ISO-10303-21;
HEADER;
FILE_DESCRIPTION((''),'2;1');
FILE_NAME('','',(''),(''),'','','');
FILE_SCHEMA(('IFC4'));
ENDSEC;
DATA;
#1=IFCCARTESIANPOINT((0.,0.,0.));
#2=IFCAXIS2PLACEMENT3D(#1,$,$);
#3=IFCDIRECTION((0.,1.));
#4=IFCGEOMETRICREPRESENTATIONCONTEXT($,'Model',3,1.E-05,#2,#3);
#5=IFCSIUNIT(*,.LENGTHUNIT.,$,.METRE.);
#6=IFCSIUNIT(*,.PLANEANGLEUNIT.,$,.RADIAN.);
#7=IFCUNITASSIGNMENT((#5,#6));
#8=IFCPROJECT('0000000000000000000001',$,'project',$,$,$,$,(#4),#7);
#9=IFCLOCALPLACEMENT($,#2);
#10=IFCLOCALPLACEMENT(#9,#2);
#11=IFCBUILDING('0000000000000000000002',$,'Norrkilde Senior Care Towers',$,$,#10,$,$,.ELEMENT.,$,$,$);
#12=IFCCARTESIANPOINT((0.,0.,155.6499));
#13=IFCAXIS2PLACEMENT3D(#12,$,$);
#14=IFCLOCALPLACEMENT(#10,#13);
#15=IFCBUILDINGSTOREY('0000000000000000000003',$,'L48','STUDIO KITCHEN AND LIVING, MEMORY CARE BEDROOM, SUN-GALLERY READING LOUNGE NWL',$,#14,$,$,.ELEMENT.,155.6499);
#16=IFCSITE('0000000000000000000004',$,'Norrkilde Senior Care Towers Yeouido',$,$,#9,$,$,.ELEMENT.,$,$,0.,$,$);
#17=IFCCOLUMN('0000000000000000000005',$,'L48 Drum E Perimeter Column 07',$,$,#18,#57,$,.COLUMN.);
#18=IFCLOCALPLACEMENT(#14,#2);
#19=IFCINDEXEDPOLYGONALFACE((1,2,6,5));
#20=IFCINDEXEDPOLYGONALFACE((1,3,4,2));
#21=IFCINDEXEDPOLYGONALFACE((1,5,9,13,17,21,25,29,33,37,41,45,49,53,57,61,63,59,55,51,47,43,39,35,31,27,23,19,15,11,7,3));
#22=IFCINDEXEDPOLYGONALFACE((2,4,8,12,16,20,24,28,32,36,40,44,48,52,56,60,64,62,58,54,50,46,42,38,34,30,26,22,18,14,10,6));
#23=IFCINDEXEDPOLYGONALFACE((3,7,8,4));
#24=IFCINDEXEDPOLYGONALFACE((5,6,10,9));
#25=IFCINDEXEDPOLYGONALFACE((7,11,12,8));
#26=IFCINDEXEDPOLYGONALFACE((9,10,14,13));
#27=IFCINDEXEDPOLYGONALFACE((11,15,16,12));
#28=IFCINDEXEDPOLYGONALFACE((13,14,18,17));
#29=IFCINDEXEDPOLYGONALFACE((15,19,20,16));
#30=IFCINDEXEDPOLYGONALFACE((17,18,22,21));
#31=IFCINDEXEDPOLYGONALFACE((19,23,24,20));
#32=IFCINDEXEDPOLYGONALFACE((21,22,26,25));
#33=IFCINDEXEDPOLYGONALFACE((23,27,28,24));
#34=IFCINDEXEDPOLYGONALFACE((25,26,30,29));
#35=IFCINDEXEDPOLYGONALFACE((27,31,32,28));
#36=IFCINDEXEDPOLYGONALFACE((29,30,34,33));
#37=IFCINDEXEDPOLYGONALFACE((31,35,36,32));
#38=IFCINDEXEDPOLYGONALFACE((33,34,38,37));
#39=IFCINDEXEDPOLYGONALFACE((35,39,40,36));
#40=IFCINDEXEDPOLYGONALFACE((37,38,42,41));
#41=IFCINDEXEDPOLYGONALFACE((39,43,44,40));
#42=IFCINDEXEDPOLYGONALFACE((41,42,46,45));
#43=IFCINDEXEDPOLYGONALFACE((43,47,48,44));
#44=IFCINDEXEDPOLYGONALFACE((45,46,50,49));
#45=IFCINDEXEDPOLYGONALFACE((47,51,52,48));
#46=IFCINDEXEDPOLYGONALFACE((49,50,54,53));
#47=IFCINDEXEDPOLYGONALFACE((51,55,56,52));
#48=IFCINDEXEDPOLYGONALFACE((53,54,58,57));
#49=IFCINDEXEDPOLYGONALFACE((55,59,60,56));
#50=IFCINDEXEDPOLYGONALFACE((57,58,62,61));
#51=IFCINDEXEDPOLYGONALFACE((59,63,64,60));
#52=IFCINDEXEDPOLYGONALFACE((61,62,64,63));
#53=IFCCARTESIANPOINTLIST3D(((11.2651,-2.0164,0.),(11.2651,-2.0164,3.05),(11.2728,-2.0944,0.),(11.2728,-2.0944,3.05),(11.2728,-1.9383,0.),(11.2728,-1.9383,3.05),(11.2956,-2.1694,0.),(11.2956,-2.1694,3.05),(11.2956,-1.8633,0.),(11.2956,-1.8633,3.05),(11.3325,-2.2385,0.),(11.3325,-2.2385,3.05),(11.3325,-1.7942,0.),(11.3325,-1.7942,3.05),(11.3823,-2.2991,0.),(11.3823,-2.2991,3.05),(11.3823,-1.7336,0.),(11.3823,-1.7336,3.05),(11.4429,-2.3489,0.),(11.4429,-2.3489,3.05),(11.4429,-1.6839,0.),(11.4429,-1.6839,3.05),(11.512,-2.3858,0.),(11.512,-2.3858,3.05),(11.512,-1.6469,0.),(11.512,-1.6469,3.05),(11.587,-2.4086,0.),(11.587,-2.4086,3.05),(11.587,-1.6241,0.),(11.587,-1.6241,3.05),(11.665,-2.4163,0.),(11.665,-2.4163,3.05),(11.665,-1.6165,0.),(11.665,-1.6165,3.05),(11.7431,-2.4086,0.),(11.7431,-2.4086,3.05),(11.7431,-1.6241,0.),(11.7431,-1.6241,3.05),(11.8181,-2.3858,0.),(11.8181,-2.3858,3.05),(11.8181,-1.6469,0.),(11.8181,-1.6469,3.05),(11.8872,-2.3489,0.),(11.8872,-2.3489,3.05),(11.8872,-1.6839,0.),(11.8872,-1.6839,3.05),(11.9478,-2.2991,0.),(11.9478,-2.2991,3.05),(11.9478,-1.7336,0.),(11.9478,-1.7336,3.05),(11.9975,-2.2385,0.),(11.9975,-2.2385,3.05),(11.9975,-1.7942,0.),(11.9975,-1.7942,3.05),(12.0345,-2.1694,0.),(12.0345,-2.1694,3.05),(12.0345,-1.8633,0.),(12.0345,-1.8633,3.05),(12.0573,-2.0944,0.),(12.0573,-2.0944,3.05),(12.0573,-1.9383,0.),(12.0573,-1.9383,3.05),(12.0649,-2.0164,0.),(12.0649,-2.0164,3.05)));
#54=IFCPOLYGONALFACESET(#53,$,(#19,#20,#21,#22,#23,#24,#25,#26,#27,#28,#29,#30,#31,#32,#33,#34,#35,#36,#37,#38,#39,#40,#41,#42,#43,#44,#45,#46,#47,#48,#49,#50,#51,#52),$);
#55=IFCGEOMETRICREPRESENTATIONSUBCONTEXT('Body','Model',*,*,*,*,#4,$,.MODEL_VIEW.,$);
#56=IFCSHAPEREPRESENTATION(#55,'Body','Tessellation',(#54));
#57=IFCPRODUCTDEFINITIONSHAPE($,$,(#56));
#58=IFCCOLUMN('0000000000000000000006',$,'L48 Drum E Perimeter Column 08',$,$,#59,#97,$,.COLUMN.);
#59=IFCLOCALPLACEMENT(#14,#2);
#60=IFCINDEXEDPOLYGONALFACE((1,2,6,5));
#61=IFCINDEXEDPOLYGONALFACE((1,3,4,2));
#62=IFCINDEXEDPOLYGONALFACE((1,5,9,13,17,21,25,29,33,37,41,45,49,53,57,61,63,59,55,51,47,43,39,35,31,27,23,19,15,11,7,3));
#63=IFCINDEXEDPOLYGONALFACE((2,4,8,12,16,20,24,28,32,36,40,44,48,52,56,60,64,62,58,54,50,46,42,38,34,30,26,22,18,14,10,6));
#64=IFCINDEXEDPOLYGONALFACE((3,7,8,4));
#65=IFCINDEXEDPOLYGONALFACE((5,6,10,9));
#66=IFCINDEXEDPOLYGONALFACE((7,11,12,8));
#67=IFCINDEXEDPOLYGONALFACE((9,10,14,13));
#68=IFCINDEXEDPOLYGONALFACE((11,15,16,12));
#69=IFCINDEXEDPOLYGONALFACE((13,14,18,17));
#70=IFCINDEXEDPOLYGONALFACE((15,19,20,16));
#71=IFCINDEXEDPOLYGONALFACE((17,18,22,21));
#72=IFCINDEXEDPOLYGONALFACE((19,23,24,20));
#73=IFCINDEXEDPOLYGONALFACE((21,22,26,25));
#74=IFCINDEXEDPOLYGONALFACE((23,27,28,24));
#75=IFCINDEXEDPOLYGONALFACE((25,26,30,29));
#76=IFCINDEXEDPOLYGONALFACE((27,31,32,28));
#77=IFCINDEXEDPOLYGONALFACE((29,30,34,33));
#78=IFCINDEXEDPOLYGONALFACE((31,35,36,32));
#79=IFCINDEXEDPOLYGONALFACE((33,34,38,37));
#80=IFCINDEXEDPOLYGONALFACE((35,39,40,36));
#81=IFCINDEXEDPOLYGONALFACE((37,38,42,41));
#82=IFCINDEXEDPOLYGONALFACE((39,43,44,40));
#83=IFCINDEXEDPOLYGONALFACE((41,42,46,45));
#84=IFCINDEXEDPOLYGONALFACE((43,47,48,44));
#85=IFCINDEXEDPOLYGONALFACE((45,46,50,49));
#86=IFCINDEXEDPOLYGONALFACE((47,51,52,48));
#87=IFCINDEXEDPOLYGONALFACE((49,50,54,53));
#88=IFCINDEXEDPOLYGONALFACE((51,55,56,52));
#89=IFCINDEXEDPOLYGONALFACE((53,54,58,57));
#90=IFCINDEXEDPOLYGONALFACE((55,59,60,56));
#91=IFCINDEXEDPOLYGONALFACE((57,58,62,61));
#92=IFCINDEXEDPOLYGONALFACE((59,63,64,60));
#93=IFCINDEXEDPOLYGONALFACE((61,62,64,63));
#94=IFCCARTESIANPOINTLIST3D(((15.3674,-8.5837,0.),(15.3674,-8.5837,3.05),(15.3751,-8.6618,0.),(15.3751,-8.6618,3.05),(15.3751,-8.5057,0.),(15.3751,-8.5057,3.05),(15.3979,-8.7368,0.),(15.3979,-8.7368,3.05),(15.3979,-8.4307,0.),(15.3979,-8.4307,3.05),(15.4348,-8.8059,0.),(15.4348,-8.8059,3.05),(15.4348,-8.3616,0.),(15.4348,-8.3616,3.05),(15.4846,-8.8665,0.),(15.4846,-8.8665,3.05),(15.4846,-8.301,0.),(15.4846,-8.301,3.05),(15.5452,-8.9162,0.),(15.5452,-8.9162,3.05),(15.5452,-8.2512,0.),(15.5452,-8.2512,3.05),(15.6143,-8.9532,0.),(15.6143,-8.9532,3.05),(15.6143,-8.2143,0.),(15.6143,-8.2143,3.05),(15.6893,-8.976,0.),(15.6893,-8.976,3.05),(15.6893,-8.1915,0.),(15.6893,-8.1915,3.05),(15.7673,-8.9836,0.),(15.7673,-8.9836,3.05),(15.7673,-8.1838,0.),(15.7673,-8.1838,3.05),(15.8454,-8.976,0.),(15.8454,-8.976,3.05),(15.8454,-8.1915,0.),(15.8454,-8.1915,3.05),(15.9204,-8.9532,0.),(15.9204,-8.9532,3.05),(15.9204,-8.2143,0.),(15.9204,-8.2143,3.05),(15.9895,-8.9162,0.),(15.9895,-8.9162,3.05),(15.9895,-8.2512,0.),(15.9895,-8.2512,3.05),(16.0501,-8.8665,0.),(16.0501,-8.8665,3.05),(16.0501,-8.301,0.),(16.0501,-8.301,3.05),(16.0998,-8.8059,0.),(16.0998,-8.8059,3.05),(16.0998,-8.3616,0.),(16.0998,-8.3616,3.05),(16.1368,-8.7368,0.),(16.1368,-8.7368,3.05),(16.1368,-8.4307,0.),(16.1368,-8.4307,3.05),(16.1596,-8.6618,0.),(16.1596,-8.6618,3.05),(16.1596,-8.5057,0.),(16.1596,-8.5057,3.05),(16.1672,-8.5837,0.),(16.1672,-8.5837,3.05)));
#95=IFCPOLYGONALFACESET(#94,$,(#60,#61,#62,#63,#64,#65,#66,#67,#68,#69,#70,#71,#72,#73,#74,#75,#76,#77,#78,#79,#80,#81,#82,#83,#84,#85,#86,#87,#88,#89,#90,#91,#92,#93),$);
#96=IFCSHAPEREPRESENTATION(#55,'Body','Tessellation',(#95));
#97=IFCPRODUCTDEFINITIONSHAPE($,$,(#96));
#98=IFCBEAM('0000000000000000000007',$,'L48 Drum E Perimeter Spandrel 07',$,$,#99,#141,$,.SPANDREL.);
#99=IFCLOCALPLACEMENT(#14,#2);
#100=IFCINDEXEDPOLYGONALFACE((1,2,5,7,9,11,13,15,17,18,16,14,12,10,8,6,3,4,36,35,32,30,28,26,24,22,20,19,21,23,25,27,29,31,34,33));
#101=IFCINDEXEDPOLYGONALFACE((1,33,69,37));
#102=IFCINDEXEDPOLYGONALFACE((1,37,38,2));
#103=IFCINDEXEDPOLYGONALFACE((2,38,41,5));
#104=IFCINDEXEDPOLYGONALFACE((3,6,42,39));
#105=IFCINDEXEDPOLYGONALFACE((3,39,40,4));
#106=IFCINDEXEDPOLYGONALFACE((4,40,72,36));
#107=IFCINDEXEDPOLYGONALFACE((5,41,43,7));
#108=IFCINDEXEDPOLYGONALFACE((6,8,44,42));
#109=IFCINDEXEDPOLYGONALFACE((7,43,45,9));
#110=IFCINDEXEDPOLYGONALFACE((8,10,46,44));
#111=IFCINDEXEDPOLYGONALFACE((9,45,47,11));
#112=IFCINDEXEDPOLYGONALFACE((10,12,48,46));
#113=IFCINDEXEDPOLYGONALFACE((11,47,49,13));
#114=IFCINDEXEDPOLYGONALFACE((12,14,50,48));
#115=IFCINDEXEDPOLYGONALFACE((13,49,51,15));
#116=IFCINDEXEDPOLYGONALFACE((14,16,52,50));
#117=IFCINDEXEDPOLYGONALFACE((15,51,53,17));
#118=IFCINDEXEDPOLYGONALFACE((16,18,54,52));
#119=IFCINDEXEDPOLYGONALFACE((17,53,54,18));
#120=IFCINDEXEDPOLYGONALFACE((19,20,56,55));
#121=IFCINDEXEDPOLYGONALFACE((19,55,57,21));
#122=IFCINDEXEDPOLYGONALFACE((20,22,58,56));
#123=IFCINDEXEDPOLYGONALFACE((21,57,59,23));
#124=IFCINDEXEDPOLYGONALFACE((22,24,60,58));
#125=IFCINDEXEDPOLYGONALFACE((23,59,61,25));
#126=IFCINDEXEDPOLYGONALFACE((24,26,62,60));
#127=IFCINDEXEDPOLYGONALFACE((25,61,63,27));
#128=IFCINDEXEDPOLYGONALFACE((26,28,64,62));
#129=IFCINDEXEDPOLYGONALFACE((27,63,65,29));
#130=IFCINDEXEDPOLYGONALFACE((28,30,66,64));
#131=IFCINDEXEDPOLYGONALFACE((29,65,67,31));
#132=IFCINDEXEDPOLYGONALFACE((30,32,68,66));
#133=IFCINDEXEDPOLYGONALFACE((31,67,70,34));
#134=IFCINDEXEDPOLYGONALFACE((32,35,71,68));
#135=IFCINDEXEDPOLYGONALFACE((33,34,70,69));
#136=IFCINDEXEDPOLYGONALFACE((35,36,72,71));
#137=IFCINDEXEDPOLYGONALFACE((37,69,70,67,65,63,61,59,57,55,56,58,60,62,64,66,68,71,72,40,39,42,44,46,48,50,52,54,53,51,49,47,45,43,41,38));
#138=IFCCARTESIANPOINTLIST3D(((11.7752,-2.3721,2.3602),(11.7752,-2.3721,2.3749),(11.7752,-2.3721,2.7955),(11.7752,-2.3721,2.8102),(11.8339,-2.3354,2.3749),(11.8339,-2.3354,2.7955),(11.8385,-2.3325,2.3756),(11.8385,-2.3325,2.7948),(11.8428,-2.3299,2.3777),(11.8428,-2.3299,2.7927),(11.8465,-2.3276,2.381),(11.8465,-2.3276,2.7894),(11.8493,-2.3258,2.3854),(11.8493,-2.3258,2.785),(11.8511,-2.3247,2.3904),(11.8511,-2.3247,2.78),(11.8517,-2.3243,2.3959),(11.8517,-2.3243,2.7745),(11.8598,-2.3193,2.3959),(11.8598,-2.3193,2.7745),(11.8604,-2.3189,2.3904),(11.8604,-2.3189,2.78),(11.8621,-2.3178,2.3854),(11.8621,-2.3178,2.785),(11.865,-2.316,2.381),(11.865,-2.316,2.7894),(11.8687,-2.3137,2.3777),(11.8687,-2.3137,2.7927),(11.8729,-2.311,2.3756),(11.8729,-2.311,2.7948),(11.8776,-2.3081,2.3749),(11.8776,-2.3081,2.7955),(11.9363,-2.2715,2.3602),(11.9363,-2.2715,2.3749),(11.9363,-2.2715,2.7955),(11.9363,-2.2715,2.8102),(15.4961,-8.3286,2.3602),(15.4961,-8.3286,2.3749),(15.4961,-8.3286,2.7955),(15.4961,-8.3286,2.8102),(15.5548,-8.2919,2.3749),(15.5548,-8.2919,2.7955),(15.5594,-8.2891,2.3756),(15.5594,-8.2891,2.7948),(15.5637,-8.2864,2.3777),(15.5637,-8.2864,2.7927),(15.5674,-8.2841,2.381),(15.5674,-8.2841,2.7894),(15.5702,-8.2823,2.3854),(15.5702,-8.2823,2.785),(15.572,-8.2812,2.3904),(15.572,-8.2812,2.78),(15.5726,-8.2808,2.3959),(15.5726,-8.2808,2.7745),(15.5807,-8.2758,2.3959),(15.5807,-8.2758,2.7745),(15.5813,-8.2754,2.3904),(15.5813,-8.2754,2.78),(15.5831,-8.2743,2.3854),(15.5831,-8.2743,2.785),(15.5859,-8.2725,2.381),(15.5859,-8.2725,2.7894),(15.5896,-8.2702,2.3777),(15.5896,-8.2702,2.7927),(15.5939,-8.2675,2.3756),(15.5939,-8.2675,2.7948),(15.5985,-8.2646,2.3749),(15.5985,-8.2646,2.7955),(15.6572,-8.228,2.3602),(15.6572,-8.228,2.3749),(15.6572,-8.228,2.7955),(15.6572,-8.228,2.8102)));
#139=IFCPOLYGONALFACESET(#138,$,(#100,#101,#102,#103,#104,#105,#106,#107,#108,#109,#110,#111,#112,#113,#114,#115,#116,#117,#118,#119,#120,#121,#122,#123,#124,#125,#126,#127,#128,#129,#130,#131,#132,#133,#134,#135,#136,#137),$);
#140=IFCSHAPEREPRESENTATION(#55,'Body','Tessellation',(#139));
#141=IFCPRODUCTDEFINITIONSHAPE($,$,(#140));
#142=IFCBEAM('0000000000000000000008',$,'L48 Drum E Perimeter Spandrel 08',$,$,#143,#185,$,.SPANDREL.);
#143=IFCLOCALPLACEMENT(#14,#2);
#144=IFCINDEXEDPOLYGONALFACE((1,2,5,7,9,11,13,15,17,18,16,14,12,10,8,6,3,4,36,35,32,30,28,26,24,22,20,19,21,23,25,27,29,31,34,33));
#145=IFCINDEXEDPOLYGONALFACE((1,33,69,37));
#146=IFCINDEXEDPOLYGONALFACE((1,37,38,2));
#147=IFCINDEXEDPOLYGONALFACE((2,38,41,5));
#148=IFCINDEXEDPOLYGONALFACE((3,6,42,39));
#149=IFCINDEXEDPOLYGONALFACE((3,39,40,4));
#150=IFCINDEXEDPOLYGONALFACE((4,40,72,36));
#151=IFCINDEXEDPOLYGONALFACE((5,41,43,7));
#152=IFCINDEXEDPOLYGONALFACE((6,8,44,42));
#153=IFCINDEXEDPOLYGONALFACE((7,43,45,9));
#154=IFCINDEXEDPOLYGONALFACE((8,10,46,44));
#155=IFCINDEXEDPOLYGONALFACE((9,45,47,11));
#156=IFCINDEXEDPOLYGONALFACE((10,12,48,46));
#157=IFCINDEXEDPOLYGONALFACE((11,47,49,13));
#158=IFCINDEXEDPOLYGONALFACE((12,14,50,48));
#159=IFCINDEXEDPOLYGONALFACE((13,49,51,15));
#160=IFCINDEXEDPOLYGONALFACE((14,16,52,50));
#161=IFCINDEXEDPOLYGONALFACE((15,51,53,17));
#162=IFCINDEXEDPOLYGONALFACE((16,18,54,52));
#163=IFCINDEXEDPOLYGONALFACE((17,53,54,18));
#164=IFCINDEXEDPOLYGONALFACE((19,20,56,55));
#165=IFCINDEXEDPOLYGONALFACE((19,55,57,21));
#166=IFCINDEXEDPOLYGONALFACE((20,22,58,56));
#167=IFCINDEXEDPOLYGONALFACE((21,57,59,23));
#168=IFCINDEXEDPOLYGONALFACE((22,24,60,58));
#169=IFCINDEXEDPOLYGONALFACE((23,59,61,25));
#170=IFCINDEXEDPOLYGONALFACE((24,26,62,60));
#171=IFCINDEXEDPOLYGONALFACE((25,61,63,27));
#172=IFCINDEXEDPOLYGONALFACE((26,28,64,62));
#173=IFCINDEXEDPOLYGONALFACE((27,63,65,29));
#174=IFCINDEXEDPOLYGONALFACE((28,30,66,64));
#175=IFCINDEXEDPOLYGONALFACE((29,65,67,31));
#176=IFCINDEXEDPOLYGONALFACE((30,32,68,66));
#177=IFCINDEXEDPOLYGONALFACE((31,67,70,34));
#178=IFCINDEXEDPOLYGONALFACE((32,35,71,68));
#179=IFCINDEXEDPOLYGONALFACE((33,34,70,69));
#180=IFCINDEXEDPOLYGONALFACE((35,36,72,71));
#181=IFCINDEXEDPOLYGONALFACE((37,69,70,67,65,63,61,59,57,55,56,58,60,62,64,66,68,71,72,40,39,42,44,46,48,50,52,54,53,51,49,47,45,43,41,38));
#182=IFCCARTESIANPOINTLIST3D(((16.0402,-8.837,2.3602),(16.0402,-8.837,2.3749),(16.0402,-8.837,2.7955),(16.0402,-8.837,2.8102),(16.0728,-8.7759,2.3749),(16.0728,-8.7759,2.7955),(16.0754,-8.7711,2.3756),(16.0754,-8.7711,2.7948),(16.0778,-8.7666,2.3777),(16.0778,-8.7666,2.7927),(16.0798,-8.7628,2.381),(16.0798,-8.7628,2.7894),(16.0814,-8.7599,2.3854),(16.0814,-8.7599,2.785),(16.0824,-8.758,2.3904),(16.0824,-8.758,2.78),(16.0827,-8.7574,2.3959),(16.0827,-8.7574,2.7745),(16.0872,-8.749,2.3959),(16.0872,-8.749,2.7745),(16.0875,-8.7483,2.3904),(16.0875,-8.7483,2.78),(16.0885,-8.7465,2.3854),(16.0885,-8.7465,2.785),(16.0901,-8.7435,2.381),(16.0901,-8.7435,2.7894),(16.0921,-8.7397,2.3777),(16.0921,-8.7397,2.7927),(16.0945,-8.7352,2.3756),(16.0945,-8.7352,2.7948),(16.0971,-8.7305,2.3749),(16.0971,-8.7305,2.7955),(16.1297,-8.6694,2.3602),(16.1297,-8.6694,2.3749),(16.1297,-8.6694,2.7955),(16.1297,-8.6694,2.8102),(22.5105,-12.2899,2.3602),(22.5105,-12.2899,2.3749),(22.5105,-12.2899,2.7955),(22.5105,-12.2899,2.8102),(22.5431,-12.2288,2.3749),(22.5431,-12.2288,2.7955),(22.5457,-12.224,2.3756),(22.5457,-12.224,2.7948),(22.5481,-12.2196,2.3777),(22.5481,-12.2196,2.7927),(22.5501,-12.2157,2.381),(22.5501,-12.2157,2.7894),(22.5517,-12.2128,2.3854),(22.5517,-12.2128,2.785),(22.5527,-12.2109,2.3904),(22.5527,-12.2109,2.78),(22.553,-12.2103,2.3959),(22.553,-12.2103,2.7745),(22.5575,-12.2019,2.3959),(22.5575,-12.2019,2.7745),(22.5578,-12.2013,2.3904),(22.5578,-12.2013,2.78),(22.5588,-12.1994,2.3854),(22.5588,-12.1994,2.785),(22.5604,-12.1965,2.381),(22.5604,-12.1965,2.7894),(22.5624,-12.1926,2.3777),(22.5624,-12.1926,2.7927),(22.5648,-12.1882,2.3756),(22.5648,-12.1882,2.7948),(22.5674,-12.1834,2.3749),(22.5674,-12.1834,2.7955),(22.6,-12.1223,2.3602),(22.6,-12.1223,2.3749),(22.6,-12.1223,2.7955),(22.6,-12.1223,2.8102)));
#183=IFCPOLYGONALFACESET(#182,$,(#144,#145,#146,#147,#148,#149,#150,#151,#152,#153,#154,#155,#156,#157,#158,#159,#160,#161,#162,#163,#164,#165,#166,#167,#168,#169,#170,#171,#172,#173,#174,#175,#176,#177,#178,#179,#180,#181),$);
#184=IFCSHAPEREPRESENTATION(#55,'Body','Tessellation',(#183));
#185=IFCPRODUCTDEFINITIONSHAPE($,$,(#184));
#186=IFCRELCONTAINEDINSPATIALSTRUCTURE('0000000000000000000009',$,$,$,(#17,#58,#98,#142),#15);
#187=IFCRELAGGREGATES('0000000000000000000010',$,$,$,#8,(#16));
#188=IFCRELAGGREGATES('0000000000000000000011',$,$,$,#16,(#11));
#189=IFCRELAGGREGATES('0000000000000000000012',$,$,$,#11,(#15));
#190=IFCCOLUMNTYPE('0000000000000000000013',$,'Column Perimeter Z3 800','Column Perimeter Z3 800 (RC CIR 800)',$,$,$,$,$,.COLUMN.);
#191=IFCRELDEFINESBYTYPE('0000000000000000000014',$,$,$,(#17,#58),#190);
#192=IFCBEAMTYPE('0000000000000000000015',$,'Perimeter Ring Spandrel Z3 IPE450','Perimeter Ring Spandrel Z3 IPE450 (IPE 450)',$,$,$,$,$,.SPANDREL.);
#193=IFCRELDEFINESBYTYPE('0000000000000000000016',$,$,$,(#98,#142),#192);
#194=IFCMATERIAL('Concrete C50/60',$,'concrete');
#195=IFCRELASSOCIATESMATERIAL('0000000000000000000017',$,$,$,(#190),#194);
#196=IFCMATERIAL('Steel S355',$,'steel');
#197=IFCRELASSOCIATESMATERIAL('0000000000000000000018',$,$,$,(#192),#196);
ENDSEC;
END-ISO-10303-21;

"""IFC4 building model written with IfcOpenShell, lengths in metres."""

from ifc_helpers import new_model, si_unit, direction, frame, origin, origin_2d, place, context, subcontext, project, spatial, circle, i_section, extrude, source, transform, mapped, material, material_profile, profile_set, type_object, type_shapes, element, save


model = new_model("IFC4")

# Units and contexts
model_context = context("Model", 3, precision=1e-05, world=origin(), true_north=direction((0.0, 1.0)))
body_context = subcontext(model_context, "Body", "Model", "MODEL_VIEW")
ifc_project = project(units=[si_unit("LENGTHUNIT", "METRE"), si_unit("PLANEANGLEUNIT", "RADIAN")], contexts=[model_context])

# Site, building, storey
site_placement = place(None, origin())
site = spatial("IfcSite", under=ifc_project, at=site_placement, Name="Norrkilde Senior Care Towers Yeouido", CompositionType="ELEMENT", RefElevation=0.0)
building_placement = place(site_placement, origin())
building = spatial("IfcBuilding", under=site, at=building_placement, Name="Norrkilde Senior Care Towers", CompositionType="ELEMENT")
storey_placement = place(building_placement, frame((0.0, 0.0, 155.6499)))
storey = spatial("IfcBuildingStorey", under=building, at=storey_placement, Name="L48", Description="STUDIO KITCHEN AND LIVING, MEMORY CARE BEDROOM, SUN-GALLERY READING LOUNGE NWL", CompositionType="ELEMENT", Elevation=155.6499)

# Columns
ifc_material_1 = material(Name="Concrete C50/60", Category="concrete")
ifc_material_profile_1 = material_profile(ifc_material_1, circle(Radius=0.3999, at=origin_2d()), Name="RC CIR 800")
ifc_profile_set_1 = profile_set([ifc_material_profile_1], Name="Concrete C50/60")
column_type = type_object("IfcColumnType", Name="Column Perimeter Z3 800", Description="Column Perimeter Z3 800 (RC CIR 800)", PredefinedType="COLUMN", material=ifc_profile_set_1)
shared_shape_1 = source(origin(), body_context, "Body", "SweptSolid", [
    extrude(circle(Radius=0.3999, at=origin_2d()), origin(), (0.0, 0.0, 1.0), 3.05),
])
type_shapes(column_type, [shared_shape_1])
for number, where, z_axis, x_axis, name in (
    (1, (11.665, -2.0164, 0.0), (0.0, 0.0, 1.0), (1.0, 0.0, 0.0), "L48 Drum E Perimeter Column 07"),
    (2, (15.7673, -8.5837, 0.0), (0.0, 0.0, 1.0), (1.0, 0.0, 0.0), "L48 Drum E Perimeter Column 08"),
):
    element("IfcColumn", number, at=place(storey_placement, frame(where, z_axis=z_axis, x_axis=x_axis)), inside=storey, type_object=column_type, Name=name, PredefinedType="COLUMN", context=body_context, shape_type="MappedRepresentation", body=[
        mapped(shared_shape_1, transform((0.0, 0.0, 0.0), x_axis=(1.0, 0.0, 0.0), y_axis=(0.0, 1.0, 0.0), z_axis=(0.0, 0.0, 1.0), scale=1.0)),
    ])

# Beams
ifc_material_2 = material(Name="Steel S355", Category="steel")
ifc_material_profile_2 = material_profile(ifc_material_2, i_section(OverallWidth=0.1899, OverallDepth=0.45, WebThickness=0.0095, FlangeThickness=0.0146, FilletRadius=0.021, at=origin_2d()), Name="IPE 450")
ifc_profile_set_2 = profile_set([ifc_material_profile_2], Name="Steel S355")
beam_type_1 = type_object("IfcBeamType", Name="Perimeter Ring Spandrel Z3 IPE450", Description="Perimeter Ring Spandrel Z3 IPE450 (IPE 450)", PredefinedType="SPANDREL", material=ifc_profile_set_2)
shared_shape_2 = source(origin(), body_context, "Body", "SweptSolid", [
    extrude(i_section(OverallWidth=0.1899, OverallDepth=0.45, WebThickness=0.0095, FlangeThickness=0.0146, FilletRadius=0.021, at=origin_2d()), origin(), (0.0, 0.0, 1.0), 7.0232),
])
beam_1_placement = place(storey_placement, frame((11.8557, -2.3218, 2.5852), z_axis=(0.529805, -0.848119, 0.0), x_axis=(0.848119, 0.529805, 0.0)))
element("IfcBeam", 3, at=beam_1_placement, inside=storey, type_object=beam_type_1, Name="L48 Drum E Perimeter Spandrel 07", PredefinedType="SPANDREL", context=body_context, shape_type="MappedRepresentation", body=[
    mapped(shared_shape_2, transform((0.0, 0.0, 0.0), x_axis=(1.0, 0.0, 0.0), y_axis=(0.0, 1.0, 0.0), z_axis=(0.0, 0.0, 1.0), scale=1.0)),
])
shared_shape_3 = source(origin(), body_context, "Body", "SweptSolid", [
    extrude(i_section(OverallWidth=0.1899, OverallDepth=0.45, WebThickness=0.0095, FlangeThickness=0.0146, FilletRadius=0.021, at=origin_2d()), origin(), (0.0, 0.0, 1.0), 7.334),
])
type_shapes(beam_type_1, [shared_shape_2, shared_shape_3])
beam_2_placement = place(storey_placement, frame((16.085, -8.7532, 2.5852), z_axis=(0.882234, -0.470811, 0.0), x_axis=(0.470811, 0.882234, 0.0)))
element("IfcBeam", 4, at=beam_2_placement, inside=storey, type_object=beam_type_1, Name="L48 Drum E Perimeter Spandrel 08", PredefinedType="SPANDREL", context=body_context, shape_type="MappedRepresentation", body=[
    mapped(shared_shape_3, transform((0.0, 0.0, 0.0), x_axis=(1.0, 0.0, 0.0), y_axis=(0.0, 1.0, 0.0), z_axis=(0.0, 0.0, 1.0), scale=1.0)),
])

save(model, "model.ifc")
